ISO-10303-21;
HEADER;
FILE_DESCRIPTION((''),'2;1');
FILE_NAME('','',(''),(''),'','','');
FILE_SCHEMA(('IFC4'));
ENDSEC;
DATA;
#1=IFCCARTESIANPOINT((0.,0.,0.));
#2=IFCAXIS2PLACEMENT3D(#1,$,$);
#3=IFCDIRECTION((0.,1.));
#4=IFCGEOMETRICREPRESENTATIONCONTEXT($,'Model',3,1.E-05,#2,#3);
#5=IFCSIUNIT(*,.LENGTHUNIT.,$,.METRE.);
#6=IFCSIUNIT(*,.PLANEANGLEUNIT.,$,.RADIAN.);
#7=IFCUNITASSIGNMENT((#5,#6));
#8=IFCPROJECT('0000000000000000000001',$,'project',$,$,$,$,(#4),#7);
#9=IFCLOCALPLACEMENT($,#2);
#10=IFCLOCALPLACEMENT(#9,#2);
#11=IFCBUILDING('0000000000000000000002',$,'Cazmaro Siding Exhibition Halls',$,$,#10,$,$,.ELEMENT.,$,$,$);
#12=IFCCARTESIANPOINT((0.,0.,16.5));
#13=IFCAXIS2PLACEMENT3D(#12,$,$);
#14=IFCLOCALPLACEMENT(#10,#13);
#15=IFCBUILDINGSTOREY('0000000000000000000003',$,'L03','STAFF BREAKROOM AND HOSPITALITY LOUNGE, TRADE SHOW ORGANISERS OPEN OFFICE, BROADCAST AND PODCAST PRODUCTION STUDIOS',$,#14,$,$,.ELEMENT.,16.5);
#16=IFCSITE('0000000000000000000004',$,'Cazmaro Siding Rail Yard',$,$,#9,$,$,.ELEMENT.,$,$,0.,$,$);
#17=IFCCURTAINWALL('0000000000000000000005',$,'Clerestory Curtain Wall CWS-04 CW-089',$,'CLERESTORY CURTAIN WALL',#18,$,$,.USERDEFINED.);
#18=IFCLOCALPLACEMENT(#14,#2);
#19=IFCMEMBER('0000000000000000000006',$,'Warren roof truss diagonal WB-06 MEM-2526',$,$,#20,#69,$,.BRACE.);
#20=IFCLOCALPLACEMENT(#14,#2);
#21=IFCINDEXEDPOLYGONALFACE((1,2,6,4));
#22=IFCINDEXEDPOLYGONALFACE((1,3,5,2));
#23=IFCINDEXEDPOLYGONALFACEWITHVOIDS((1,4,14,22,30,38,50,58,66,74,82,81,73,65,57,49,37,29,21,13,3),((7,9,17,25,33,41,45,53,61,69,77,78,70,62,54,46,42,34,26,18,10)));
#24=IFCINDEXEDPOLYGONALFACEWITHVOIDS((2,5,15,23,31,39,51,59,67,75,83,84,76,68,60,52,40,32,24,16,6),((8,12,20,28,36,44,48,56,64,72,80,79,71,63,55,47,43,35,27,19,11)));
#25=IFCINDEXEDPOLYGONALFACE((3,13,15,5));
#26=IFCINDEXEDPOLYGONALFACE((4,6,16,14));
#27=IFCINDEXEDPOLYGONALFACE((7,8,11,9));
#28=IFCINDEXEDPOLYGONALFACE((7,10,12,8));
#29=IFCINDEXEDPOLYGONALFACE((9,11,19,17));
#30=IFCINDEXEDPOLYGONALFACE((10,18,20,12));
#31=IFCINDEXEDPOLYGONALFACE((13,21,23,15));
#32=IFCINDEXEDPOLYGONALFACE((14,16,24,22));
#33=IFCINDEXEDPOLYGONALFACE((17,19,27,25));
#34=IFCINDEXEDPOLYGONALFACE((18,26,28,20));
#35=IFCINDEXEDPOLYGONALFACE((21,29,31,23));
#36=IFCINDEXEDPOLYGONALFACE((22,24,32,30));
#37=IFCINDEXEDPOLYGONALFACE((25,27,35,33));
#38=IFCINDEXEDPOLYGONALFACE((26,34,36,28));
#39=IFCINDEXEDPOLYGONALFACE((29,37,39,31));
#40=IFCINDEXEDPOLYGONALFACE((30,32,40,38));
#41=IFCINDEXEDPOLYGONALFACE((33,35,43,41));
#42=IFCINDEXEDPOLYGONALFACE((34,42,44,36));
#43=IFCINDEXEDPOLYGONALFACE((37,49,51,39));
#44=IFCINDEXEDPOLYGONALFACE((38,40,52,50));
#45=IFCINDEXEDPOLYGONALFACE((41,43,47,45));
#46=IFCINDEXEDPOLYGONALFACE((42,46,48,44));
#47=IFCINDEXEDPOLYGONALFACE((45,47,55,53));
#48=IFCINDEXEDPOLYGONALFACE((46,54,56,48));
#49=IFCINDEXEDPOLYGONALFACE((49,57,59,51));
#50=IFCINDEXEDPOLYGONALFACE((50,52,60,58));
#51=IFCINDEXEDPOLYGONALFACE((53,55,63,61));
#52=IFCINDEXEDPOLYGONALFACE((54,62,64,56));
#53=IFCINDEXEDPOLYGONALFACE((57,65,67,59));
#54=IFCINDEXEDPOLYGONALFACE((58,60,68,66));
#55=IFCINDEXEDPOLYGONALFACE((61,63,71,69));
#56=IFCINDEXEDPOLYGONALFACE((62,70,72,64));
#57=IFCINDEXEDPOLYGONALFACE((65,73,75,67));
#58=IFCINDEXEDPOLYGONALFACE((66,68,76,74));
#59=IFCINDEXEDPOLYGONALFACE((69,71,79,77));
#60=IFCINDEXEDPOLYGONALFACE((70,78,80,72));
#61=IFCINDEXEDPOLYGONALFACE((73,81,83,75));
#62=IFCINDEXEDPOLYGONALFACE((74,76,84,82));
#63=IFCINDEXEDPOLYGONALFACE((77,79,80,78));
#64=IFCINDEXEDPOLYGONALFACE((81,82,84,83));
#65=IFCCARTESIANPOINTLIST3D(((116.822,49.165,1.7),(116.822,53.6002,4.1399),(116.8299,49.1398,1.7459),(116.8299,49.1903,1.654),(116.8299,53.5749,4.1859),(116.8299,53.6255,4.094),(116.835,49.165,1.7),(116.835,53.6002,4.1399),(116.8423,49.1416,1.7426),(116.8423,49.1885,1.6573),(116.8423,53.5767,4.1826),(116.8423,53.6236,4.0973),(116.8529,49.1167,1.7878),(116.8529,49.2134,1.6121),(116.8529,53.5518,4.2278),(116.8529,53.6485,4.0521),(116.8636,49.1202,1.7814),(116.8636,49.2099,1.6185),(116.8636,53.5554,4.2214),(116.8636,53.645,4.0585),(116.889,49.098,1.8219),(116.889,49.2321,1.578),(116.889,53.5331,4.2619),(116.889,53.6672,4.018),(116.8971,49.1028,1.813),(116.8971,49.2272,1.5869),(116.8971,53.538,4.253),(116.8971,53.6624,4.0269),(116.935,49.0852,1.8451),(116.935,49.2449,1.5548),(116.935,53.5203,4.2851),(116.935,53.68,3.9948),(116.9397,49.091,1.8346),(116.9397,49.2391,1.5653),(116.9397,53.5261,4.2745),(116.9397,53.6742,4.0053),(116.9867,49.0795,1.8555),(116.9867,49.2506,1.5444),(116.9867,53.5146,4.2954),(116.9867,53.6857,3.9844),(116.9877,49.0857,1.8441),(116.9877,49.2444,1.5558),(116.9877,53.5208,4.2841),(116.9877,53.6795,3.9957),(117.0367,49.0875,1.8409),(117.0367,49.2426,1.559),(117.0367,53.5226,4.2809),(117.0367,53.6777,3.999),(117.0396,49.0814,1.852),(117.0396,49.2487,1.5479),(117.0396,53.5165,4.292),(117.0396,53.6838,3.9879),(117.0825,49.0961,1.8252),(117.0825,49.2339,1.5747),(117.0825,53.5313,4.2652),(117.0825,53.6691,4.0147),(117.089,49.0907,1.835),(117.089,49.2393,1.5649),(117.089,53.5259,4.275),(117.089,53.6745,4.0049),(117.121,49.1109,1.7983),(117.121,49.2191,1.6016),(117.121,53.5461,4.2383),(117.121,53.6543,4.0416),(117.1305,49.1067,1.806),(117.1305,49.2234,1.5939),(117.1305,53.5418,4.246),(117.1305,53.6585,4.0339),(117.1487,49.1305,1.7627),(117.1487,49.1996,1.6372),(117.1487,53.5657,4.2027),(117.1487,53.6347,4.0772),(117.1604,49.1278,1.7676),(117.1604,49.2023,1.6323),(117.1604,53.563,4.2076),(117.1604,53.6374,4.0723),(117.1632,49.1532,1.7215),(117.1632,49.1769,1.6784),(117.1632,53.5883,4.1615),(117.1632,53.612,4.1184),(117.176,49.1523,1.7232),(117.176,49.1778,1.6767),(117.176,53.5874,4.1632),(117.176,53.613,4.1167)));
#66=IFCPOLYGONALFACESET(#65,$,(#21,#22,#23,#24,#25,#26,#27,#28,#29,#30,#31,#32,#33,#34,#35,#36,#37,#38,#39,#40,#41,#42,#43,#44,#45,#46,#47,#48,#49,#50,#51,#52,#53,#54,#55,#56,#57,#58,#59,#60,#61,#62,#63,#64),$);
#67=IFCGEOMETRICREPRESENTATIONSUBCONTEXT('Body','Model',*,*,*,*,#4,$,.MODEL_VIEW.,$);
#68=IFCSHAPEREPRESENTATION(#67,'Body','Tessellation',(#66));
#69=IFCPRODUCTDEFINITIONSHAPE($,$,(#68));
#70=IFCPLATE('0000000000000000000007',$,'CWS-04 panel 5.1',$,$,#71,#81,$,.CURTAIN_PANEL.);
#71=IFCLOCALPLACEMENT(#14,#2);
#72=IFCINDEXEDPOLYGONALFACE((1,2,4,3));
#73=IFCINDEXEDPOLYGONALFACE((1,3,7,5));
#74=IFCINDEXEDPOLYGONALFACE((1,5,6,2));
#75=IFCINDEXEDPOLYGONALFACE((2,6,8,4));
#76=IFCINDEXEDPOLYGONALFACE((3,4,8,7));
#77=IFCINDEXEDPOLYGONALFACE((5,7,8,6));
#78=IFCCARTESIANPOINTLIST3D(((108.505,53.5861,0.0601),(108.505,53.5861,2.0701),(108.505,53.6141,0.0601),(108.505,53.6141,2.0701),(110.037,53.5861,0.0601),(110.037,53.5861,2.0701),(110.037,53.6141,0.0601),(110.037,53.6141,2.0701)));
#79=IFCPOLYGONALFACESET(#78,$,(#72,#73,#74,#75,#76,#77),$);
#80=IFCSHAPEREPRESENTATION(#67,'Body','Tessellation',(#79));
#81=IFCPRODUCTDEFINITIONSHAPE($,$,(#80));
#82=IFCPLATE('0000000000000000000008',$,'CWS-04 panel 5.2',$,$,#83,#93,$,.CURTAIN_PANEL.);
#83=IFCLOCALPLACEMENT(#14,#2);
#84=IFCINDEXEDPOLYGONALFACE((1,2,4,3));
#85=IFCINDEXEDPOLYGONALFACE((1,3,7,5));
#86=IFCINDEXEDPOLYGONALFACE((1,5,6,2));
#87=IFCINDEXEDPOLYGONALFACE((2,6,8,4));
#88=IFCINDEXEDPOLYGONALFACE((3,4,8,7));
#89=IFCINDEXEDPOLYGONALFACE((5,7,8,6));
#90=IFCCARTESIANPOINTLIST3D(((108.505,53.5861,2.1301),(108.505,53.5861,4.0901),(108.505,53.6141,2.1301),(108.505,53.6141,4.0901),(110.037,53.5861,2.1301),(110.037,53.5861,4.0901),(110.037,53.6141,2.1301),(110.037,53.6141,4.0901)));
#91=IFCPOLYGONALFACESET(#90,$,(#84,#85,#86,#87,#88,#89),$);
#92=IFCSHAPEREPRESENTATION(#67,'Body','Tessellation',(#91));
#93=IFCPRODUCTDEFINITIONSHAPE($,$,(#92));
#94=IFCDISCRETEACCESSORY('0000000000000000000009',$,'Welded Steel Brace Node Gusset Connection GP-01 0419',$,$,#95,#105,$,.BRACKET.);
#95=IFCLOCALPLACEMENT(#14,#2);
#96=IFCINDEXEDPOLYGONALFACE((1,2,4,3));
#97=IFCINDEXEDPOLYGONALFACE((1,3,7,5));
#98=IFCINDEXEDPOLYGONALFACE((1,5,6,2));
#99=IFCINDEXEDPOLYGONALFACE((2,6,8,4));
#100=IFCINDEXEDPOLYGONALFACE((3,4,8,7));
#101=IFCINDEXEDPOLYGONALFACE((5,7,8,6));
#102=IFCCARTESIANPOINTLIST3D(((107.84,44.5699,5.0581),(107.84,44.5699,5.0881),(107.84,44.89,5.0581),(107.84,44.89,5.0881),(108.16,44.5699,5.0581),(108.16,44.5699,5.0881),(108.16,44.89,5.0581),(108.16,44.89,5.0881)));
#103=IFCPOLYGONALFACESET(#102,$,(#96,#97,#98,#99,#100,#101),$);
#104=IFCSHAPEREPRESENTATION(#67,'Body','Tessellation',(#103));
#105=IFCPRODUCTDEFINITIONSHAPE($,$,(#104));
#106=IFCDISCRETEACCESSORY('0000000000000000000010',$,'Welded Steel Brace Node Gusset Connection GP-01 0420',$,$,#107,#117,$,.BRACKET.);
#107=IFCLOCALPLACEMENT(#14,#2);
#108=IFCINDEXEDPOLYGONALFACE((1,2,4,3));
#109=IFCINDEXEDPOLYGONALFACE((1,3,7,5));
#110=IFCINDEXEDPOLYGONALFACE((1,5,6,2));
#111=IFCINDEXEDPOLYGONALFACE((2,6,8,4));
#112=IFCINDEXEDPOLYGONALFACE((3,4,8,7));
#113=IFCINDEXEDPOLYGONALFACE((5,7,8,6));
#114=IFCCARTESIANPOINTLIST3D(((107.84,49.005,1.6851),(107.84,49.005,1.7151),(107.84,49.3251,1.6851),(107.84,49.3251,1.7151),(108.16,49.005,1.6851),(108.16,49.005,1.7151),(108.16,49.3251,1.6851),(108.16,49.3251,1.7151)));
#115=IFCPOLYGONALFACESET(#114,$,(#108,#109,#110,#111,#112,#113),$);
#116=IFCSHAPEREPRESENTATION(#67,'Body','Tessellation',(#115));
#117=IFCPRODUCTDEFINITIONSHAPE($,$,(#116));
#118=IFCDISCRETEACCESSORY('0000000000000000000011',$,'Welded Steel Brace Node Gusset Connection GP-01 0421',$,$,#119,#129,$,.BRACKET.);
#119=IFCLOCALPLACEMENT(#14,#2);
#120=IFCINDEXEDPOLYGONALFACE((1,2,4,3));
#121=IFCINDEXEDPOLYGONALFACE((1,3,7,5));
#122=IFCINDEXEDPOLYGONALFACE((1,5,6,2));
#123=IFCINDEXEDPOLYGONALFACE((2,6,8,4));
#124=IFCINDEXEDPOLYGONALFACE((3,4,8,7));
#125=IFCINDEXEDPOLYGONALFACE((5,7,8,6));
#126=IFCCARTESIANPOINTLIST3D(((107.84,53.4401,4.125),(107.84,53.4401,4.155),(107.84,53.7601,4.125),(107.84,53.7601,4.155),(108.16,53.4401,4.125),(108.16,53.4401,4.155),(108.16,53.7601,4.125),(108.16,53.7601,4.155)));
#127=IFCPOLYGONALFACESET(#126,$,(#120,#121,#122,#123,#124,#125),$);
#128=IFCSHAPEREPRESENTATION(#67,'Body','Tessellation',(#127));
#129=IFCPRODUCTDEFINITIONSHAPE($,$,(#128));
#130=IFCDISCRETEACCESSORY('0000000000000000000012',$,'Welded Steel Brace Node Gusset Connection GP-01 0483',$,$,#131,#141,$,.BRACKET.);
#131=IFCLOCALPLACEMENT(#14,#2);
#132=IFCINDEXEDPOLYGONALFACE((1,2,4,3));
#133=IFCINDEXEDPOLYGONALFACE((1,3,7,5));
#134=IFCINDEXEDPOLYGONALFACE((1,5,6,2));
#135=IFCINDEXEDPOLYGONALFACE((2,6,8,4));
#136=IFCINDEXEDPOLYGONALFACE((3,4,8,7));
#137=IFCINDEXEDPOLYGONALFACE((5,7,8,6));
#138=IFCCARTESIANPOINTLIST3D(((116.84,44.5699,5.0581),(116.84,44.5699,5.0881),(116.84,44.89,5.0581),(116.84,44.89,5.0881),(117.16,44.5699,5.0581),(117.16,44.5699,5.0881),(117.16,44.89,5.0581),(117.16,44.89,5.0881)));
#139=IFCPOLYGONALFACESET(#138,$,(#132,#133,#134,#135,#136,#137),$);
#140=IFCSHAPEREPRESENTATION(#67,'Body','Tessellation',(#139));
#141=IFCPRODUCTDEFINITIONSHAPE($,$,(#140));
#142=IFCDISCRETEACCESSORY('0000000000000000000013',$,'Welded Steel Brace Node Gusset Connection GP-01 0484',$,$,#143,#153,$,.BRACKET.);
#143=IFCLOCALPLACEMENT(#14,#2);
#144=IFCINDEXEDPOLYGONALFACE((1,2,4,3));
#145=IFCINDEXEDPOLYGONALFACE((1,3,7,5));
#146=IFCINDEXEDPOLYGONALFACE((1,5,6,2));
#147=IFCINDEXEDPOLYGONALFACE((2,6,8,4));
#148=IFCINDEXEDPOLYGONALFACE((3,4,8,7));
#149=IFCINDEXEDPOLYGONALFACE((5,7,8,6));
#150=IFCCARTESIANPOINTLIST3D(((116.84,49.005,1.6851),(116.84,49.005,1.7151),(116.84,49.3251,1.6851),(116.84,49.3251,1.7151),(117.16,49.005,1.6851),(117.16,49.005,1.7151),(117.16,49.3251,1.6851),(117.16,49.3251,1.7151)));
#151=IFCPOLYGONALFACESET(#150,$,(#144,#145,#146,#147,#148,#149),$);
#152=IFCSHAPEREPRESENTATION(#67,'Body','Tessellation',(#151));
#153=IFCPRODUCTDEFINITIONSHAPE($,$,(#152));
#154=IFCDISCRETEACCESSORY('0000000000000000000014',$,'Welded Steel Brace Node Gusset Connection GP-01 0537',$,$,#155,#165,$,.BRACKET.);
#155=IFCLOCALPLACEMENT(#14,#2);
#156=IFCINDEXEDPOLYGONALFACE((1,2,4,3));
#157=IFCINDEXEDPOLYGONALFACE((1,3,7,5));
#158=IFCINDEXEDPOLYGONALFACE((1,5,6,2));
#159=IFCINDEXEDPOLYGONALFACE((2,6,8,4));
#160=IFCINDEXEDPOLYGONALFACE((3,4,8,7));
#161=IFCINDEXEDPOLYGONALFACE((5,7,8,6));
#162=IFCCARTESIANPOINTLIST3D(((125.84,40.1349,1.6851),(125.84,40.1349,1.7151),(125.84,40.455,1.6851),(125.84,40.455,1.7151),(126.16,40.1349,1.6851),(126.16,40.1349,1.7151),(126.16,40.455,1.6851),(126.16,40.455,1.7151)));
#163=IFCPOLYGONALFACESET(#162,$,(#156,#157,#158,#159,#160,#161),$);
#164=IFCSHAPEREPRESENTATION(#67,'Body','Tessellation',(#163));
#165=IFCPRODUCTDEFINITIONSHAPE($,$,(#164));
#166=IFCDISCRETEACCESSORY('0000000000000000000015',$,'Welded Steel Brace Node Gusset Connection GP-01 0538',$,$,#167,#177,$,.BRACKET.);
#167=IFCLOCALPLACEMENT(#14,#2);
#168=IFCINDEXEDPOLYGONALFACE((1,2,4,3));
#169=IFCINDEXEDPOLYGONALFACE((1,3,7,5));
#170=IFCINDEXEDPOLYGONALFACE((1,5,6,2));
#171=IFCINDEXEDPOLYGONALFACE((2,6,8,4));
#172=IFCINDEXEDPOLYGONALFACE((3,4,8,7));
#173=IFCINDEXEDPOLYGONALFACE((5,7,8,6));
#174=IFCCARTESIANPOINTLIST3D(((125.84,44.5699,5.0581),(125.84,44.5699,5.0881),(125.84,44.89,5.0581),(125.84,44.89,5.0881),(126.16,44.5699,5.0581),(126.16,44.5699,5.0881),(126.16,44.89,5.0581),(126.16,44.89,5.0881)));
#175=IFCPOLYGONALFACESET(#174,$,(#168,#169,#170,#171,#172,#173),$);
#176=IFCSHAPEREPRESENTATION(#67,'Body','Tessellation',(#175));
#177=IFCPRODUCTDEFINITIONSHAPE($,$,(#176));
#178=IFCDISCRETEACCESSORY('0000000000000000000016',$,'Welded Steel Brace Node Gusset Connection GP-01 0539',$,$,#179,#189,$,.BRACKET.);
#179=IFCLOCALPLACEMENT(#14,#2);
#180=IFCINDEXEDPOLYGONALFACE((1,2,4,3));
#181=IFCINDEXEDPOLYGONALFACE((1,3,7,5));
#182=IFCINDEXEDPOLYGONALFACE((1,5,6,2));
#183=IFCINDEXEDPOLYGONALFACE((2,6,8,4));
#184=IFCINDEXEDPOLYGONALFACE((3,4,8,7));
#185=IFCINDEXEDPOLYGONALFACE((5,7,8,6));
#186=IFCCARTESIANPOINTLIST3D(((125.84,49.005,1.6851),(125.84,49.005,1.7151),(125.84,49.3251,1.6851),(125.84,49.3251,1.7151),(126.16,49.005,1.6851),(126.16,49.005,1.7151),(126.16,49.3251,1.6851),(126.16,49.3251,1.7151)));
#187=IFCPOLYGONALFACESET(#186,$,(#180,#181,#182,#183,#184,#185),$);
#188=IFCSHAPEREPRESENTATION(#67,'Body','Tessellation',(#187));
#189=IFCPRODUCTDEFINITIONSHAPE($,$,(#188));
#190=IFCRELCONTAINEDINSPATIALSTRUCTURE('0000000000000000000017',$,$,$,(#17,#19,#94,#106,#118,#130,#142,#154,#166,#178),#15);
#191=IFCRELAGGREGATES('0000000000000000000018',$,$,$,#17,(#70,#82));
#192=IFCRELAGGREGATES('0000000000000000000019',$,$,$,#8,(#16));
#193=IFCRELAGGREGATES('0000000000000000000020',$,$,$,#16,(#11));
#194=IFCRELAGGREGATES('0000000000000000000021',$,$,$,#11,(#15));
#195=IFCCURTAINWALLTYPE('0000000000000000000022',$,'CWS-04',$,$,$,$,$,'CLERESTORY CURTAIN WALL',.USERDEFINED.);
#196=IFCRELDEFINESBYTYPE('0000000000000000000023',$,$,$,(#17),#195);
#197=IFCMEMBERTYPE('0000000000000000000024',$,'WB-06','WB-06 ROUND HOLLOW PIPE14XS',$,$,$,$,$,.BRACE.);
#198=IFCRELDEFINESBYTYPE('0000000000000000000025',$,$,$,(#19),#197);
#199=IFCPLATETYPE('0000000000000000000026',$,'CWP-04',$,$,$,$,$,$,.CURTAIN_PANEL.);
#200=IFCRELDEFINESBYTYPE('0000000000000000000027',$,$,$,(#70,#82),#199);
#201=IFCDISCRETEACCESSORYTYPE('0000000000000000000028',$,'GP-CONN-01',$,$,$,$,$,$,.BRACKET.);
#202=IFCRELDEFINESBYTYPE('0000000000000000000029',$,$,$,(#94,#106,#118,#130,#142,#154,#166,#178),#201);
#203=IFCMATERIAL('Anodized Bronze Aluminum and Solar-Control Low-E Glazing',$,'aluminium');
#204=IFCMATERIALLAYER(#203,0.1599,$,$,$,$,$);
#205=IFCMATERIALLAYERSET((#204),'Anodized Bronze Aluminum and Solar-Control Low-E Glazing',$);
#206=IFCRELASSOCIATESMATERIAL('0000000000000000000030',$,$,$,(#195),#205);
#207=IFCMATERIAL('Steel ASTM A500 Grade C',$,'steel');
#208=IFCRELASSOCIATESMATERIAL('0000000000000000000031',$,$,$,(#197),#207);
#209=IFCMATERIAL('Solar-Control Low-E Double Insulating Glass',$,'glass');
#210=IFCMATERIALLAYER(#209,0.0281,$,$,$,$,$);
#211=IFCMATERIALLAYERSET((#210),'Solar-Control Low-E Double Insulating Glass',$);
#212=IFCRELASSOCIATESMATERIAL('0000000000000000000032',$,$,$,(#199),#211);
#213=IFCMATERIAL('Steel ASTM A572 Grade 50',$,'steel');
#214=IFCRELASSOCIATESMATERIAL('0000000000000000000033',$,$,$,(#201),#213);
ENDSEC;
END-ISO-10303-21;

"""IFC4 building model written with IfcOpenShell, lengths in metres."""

from ifc_helpers import new_model, si_unit, direction, frame, origin, origin_2d, place, context, subcontext, project, spatial, rectangle, hollow_circle, extrude, material, layer, layer_set, material_profile, profile_set, type_object, element, aggregate, save


model = new_model("IFC4")

# Units and contexts
model_context = context("Model", 3, precision=1e-05, world=origin(), true_north=direction((0.0, 1.0)))
body_context = subcontext(model_context, "Body", "Model", "MODEL_VIEW")
ifc_project = project(units=[si_unit("LENGTHUNIT", "METRE"), si_unit("PLANEANGLEUNIT", "RADIAN")], contexts=[model_context])

# Site, building, storey
site_placement = place(None, origin())
site = spatial("IfcSite", under=ifc_project, at=site_placement, Name="Cazmaro Siding Rail Yard", CompositionType="ELEMENT", RefElevation=0.0)
building_placement = place(site_placement, origin())
building = spatial("IfcBuilding", under=site, at=building_placement, Name="Cazmaro Siding Exhibition Halls", CompositionType="ELEMENT")
storey_placement = place(building_placement, frame((0.0, 0.0, 16.5)))
storey = spatial("IfcBuildingStorey", under=building, at=storey_placement, Name="L03", Description="STAFF BREAKROOM AND HOSPITALITY LOUNGE, TRADE SHOW ORGANISERS OPEN OFFICE, BROADCAST AND PODCAST PRODUCTION STUDIOS", CompositionType="ELEMENT", Elevation=16.5)

# Curtain wall
ifc_material_1 = material(Name="Anodized Bronze Aluminum and Solar-Control Low-E Glazing", Category="aluminium")
ifc_layer_1 = layer(ifc_material_1, 0.1599)
ifc_layer_set_1 = layer_set([ifc_layer_1], Name="Anodized Bronze Aluminum and Solar-Control Low-E Glazing")
curtain_wall_type = type_object("IfcCurtainWallType", Name="CWS-04", ElementType="CLERESTORY CURTAIN WALL", PredefinedType="USERDEFINED", material=ifc_layer_set_1)
curtain_wall_placement = place(storey_placement, origin())
curtain_wall = element("IfcCurtainWall", 1, at=curtain_wall_placement, inside=storey, type_object=curtain_wall_type, Name="Clerestory Curtain Wall CWS-04 CW-089", ObjectType="CLERESTORY CURTAIN WALL", PredefinedType="USERDEFINED")

# Member
ifc_material_2 = material(Name="Steel ASTM A500 Grade C", Category="steel")
ifc_material_profile_1 = material_profile(ifc_material_2, hollow_circle(Radius=0.178, WallThickness=0.0129, at=origin_2d()), Name="PIPE14XS")
ifc_profile_set_1 = profile_set([ifc_material_profile_1], Name="Steel ASTM A500 Grade C")
member_type_1 = type_object("IfcMemberType", Name="WB-06", Description="WB-06 ROUND HOLLOW PIPE14XS", PredefinedType="BRACE", material=ifc_profile_set_1)
member_1_placement = place(storey_placement, frame((117.0, 49.165, 1.7), z_axis=(0.0, 0.876161, 0.482019), x_axis=(-1.0, 0.0, 0.0)))
element("IfcMember", 2, at=member_1_placement, inside=storey, type_object=member_type_1, Name="Warren roof truss diagonal WB-06 MEM-2526", PredefinedType="BRACE", context=body_context, shape_type="SweptSolid", body=[
    extrude(hollow_circle(Radius=0.178, WallThickness=0.0129, at=origin_2d()), origin(), (0.0, 0.0, 1.0), 5.062),
])

# Plates
ifc_material_3 = material(Name="Solar-Control Low-E Double Insulating Glass", Category="glass")
ifc_layer_2 = layer(ifc_material_3, 0.0281)
ifc_layer_set_2 = layer_set([ifc_layer_2], Name="Solar-Control Low-E Double Insulating Glass")
plate_type = type_object("IfcPlateType", Name="CWP-04", PredefinedType="CURTAIN_PANEL", material=ifc_layer_set_2)
plate_1_placement = place(storey_placement, frame((109.271, 53.6001, 0.0601), z_axis=(0.0, 0.0, 1.0), x_axis=(-1.0, 0.0, 0.0)))
plate_1 = element("IfcPlate", 3, at=plate_1_placement, type_object=plate_type, Name="CWS-04 panel 5.1", PredefinedType="CURTAIN_PANEL", context=body_context, shape_type="SweptSolid", body=[
    extrude(rectangle(XDim=1.532, YDim=0.0281, at=origin_2d()), origin(), (0.0, 0.0, 1.0), 2.01),
])
plate_2_placement = place(storey_placement, frame((109.271, 53.6001, 2.1301), z_axis=(0.0, 0.0, 1.0), x_axis=(-1.0, 0.0, 0.0)))
plate_2 = element("IfcPlate", 4, at=plate_2_placement, type_object=plate_type, Name="CWS-04 panel 5.2", PredefinedType="CURTAIN_PANEL", context=body_context, shape_type="SweptSolid", body=[
    extrude(rectangle(XDim=1.532, YDim=0.0281, at=origin_2d()), origin(), (0.0, 0.0, 1.0), 1.96),
])
aggregate(curtain_wall, [plate_1, plate_2])

# Discrete accessories
ifc_material_4 = material(Name="Steel ASTM A572 Grade 50", Category="steel")
discrete_accessory_type = type_object("IfcDiscreteAccessoryType", Name="GP-CONN-01", PredefinedType="BRACKET", material=ifc_material_4)
for number, where, z_axis, x_axis, name in (
    (5, (108.0, 44.73, 5.0581), (0.0, 0.0, 1.0), (1.0, 0.0, 0.0), "Welded Steel Brace Node Gusset Connection GP-01 0419"),
    (6, (108.0, 49.165, 1.6851), (0.0, 0.0, 1.0), (1.0, 0.0, 0.0), "Welded Steel Brace Node Gusset Connection GP-01 0420"),
    (7, (108.0, 53.6001, 4.125), (0.0, 0.0, 1.0), (1.0, 0.0, 0.0), "Welded Steel Brace Node Gusset Connection GP-01 0421"),
    (8, (117.0, 44.73, 5.0581), (0.0, 0.0, 1.0), (1.0, 0.0, 0.0), "Welded Steel Brace Node Gusset Connection GP-01 0483"),
    (9, (117.0, 49.165, 1.6851), (0.0, 0.0, 1.0), (1.0, 0.0, 0.0), "Welded Steel Brace Node Gusset Connection GP-01 0484"),
    (10, (126.0, 40.2949, 1.6851), (0.0, 0.0, 1.0), (1.0, 0.0, 0.0), "Welded Steel Brace Node Gusset Connection GP-01 0537"),
    (11, (126.0, 44.73, 5.0581), (0.0, 0.0, 1.0), (1.0, 0.0, 0.0), "Welded Steel Brace Node Gusset Connection GP-01 0538"),
    (12, (126.0, 49.165, 1.6851), (0.0, 0.0, 1.0), (1.0, 0.0, 0.0), "Welded Steel Brace Node Gusset Connection GP-01 0539"),
):
    element("IfcDiscreteAccessory", number, at=place(storey_placement, frame(where, z_axis=z_axis, x_axis=x_axis)), inside=storey, type_object=discrete_accessory_type, Name=name, PredefinedType="BRACKET", context=body_context, shape_type="SweptSolid", body=[
        extrude(rectangle(XDim=0.3201, YDim=0.3201, at=origin_2d()), origin(), (0.0, 0.0, 1.0), 0.03),
    ])

save(model, "model.ifc")
